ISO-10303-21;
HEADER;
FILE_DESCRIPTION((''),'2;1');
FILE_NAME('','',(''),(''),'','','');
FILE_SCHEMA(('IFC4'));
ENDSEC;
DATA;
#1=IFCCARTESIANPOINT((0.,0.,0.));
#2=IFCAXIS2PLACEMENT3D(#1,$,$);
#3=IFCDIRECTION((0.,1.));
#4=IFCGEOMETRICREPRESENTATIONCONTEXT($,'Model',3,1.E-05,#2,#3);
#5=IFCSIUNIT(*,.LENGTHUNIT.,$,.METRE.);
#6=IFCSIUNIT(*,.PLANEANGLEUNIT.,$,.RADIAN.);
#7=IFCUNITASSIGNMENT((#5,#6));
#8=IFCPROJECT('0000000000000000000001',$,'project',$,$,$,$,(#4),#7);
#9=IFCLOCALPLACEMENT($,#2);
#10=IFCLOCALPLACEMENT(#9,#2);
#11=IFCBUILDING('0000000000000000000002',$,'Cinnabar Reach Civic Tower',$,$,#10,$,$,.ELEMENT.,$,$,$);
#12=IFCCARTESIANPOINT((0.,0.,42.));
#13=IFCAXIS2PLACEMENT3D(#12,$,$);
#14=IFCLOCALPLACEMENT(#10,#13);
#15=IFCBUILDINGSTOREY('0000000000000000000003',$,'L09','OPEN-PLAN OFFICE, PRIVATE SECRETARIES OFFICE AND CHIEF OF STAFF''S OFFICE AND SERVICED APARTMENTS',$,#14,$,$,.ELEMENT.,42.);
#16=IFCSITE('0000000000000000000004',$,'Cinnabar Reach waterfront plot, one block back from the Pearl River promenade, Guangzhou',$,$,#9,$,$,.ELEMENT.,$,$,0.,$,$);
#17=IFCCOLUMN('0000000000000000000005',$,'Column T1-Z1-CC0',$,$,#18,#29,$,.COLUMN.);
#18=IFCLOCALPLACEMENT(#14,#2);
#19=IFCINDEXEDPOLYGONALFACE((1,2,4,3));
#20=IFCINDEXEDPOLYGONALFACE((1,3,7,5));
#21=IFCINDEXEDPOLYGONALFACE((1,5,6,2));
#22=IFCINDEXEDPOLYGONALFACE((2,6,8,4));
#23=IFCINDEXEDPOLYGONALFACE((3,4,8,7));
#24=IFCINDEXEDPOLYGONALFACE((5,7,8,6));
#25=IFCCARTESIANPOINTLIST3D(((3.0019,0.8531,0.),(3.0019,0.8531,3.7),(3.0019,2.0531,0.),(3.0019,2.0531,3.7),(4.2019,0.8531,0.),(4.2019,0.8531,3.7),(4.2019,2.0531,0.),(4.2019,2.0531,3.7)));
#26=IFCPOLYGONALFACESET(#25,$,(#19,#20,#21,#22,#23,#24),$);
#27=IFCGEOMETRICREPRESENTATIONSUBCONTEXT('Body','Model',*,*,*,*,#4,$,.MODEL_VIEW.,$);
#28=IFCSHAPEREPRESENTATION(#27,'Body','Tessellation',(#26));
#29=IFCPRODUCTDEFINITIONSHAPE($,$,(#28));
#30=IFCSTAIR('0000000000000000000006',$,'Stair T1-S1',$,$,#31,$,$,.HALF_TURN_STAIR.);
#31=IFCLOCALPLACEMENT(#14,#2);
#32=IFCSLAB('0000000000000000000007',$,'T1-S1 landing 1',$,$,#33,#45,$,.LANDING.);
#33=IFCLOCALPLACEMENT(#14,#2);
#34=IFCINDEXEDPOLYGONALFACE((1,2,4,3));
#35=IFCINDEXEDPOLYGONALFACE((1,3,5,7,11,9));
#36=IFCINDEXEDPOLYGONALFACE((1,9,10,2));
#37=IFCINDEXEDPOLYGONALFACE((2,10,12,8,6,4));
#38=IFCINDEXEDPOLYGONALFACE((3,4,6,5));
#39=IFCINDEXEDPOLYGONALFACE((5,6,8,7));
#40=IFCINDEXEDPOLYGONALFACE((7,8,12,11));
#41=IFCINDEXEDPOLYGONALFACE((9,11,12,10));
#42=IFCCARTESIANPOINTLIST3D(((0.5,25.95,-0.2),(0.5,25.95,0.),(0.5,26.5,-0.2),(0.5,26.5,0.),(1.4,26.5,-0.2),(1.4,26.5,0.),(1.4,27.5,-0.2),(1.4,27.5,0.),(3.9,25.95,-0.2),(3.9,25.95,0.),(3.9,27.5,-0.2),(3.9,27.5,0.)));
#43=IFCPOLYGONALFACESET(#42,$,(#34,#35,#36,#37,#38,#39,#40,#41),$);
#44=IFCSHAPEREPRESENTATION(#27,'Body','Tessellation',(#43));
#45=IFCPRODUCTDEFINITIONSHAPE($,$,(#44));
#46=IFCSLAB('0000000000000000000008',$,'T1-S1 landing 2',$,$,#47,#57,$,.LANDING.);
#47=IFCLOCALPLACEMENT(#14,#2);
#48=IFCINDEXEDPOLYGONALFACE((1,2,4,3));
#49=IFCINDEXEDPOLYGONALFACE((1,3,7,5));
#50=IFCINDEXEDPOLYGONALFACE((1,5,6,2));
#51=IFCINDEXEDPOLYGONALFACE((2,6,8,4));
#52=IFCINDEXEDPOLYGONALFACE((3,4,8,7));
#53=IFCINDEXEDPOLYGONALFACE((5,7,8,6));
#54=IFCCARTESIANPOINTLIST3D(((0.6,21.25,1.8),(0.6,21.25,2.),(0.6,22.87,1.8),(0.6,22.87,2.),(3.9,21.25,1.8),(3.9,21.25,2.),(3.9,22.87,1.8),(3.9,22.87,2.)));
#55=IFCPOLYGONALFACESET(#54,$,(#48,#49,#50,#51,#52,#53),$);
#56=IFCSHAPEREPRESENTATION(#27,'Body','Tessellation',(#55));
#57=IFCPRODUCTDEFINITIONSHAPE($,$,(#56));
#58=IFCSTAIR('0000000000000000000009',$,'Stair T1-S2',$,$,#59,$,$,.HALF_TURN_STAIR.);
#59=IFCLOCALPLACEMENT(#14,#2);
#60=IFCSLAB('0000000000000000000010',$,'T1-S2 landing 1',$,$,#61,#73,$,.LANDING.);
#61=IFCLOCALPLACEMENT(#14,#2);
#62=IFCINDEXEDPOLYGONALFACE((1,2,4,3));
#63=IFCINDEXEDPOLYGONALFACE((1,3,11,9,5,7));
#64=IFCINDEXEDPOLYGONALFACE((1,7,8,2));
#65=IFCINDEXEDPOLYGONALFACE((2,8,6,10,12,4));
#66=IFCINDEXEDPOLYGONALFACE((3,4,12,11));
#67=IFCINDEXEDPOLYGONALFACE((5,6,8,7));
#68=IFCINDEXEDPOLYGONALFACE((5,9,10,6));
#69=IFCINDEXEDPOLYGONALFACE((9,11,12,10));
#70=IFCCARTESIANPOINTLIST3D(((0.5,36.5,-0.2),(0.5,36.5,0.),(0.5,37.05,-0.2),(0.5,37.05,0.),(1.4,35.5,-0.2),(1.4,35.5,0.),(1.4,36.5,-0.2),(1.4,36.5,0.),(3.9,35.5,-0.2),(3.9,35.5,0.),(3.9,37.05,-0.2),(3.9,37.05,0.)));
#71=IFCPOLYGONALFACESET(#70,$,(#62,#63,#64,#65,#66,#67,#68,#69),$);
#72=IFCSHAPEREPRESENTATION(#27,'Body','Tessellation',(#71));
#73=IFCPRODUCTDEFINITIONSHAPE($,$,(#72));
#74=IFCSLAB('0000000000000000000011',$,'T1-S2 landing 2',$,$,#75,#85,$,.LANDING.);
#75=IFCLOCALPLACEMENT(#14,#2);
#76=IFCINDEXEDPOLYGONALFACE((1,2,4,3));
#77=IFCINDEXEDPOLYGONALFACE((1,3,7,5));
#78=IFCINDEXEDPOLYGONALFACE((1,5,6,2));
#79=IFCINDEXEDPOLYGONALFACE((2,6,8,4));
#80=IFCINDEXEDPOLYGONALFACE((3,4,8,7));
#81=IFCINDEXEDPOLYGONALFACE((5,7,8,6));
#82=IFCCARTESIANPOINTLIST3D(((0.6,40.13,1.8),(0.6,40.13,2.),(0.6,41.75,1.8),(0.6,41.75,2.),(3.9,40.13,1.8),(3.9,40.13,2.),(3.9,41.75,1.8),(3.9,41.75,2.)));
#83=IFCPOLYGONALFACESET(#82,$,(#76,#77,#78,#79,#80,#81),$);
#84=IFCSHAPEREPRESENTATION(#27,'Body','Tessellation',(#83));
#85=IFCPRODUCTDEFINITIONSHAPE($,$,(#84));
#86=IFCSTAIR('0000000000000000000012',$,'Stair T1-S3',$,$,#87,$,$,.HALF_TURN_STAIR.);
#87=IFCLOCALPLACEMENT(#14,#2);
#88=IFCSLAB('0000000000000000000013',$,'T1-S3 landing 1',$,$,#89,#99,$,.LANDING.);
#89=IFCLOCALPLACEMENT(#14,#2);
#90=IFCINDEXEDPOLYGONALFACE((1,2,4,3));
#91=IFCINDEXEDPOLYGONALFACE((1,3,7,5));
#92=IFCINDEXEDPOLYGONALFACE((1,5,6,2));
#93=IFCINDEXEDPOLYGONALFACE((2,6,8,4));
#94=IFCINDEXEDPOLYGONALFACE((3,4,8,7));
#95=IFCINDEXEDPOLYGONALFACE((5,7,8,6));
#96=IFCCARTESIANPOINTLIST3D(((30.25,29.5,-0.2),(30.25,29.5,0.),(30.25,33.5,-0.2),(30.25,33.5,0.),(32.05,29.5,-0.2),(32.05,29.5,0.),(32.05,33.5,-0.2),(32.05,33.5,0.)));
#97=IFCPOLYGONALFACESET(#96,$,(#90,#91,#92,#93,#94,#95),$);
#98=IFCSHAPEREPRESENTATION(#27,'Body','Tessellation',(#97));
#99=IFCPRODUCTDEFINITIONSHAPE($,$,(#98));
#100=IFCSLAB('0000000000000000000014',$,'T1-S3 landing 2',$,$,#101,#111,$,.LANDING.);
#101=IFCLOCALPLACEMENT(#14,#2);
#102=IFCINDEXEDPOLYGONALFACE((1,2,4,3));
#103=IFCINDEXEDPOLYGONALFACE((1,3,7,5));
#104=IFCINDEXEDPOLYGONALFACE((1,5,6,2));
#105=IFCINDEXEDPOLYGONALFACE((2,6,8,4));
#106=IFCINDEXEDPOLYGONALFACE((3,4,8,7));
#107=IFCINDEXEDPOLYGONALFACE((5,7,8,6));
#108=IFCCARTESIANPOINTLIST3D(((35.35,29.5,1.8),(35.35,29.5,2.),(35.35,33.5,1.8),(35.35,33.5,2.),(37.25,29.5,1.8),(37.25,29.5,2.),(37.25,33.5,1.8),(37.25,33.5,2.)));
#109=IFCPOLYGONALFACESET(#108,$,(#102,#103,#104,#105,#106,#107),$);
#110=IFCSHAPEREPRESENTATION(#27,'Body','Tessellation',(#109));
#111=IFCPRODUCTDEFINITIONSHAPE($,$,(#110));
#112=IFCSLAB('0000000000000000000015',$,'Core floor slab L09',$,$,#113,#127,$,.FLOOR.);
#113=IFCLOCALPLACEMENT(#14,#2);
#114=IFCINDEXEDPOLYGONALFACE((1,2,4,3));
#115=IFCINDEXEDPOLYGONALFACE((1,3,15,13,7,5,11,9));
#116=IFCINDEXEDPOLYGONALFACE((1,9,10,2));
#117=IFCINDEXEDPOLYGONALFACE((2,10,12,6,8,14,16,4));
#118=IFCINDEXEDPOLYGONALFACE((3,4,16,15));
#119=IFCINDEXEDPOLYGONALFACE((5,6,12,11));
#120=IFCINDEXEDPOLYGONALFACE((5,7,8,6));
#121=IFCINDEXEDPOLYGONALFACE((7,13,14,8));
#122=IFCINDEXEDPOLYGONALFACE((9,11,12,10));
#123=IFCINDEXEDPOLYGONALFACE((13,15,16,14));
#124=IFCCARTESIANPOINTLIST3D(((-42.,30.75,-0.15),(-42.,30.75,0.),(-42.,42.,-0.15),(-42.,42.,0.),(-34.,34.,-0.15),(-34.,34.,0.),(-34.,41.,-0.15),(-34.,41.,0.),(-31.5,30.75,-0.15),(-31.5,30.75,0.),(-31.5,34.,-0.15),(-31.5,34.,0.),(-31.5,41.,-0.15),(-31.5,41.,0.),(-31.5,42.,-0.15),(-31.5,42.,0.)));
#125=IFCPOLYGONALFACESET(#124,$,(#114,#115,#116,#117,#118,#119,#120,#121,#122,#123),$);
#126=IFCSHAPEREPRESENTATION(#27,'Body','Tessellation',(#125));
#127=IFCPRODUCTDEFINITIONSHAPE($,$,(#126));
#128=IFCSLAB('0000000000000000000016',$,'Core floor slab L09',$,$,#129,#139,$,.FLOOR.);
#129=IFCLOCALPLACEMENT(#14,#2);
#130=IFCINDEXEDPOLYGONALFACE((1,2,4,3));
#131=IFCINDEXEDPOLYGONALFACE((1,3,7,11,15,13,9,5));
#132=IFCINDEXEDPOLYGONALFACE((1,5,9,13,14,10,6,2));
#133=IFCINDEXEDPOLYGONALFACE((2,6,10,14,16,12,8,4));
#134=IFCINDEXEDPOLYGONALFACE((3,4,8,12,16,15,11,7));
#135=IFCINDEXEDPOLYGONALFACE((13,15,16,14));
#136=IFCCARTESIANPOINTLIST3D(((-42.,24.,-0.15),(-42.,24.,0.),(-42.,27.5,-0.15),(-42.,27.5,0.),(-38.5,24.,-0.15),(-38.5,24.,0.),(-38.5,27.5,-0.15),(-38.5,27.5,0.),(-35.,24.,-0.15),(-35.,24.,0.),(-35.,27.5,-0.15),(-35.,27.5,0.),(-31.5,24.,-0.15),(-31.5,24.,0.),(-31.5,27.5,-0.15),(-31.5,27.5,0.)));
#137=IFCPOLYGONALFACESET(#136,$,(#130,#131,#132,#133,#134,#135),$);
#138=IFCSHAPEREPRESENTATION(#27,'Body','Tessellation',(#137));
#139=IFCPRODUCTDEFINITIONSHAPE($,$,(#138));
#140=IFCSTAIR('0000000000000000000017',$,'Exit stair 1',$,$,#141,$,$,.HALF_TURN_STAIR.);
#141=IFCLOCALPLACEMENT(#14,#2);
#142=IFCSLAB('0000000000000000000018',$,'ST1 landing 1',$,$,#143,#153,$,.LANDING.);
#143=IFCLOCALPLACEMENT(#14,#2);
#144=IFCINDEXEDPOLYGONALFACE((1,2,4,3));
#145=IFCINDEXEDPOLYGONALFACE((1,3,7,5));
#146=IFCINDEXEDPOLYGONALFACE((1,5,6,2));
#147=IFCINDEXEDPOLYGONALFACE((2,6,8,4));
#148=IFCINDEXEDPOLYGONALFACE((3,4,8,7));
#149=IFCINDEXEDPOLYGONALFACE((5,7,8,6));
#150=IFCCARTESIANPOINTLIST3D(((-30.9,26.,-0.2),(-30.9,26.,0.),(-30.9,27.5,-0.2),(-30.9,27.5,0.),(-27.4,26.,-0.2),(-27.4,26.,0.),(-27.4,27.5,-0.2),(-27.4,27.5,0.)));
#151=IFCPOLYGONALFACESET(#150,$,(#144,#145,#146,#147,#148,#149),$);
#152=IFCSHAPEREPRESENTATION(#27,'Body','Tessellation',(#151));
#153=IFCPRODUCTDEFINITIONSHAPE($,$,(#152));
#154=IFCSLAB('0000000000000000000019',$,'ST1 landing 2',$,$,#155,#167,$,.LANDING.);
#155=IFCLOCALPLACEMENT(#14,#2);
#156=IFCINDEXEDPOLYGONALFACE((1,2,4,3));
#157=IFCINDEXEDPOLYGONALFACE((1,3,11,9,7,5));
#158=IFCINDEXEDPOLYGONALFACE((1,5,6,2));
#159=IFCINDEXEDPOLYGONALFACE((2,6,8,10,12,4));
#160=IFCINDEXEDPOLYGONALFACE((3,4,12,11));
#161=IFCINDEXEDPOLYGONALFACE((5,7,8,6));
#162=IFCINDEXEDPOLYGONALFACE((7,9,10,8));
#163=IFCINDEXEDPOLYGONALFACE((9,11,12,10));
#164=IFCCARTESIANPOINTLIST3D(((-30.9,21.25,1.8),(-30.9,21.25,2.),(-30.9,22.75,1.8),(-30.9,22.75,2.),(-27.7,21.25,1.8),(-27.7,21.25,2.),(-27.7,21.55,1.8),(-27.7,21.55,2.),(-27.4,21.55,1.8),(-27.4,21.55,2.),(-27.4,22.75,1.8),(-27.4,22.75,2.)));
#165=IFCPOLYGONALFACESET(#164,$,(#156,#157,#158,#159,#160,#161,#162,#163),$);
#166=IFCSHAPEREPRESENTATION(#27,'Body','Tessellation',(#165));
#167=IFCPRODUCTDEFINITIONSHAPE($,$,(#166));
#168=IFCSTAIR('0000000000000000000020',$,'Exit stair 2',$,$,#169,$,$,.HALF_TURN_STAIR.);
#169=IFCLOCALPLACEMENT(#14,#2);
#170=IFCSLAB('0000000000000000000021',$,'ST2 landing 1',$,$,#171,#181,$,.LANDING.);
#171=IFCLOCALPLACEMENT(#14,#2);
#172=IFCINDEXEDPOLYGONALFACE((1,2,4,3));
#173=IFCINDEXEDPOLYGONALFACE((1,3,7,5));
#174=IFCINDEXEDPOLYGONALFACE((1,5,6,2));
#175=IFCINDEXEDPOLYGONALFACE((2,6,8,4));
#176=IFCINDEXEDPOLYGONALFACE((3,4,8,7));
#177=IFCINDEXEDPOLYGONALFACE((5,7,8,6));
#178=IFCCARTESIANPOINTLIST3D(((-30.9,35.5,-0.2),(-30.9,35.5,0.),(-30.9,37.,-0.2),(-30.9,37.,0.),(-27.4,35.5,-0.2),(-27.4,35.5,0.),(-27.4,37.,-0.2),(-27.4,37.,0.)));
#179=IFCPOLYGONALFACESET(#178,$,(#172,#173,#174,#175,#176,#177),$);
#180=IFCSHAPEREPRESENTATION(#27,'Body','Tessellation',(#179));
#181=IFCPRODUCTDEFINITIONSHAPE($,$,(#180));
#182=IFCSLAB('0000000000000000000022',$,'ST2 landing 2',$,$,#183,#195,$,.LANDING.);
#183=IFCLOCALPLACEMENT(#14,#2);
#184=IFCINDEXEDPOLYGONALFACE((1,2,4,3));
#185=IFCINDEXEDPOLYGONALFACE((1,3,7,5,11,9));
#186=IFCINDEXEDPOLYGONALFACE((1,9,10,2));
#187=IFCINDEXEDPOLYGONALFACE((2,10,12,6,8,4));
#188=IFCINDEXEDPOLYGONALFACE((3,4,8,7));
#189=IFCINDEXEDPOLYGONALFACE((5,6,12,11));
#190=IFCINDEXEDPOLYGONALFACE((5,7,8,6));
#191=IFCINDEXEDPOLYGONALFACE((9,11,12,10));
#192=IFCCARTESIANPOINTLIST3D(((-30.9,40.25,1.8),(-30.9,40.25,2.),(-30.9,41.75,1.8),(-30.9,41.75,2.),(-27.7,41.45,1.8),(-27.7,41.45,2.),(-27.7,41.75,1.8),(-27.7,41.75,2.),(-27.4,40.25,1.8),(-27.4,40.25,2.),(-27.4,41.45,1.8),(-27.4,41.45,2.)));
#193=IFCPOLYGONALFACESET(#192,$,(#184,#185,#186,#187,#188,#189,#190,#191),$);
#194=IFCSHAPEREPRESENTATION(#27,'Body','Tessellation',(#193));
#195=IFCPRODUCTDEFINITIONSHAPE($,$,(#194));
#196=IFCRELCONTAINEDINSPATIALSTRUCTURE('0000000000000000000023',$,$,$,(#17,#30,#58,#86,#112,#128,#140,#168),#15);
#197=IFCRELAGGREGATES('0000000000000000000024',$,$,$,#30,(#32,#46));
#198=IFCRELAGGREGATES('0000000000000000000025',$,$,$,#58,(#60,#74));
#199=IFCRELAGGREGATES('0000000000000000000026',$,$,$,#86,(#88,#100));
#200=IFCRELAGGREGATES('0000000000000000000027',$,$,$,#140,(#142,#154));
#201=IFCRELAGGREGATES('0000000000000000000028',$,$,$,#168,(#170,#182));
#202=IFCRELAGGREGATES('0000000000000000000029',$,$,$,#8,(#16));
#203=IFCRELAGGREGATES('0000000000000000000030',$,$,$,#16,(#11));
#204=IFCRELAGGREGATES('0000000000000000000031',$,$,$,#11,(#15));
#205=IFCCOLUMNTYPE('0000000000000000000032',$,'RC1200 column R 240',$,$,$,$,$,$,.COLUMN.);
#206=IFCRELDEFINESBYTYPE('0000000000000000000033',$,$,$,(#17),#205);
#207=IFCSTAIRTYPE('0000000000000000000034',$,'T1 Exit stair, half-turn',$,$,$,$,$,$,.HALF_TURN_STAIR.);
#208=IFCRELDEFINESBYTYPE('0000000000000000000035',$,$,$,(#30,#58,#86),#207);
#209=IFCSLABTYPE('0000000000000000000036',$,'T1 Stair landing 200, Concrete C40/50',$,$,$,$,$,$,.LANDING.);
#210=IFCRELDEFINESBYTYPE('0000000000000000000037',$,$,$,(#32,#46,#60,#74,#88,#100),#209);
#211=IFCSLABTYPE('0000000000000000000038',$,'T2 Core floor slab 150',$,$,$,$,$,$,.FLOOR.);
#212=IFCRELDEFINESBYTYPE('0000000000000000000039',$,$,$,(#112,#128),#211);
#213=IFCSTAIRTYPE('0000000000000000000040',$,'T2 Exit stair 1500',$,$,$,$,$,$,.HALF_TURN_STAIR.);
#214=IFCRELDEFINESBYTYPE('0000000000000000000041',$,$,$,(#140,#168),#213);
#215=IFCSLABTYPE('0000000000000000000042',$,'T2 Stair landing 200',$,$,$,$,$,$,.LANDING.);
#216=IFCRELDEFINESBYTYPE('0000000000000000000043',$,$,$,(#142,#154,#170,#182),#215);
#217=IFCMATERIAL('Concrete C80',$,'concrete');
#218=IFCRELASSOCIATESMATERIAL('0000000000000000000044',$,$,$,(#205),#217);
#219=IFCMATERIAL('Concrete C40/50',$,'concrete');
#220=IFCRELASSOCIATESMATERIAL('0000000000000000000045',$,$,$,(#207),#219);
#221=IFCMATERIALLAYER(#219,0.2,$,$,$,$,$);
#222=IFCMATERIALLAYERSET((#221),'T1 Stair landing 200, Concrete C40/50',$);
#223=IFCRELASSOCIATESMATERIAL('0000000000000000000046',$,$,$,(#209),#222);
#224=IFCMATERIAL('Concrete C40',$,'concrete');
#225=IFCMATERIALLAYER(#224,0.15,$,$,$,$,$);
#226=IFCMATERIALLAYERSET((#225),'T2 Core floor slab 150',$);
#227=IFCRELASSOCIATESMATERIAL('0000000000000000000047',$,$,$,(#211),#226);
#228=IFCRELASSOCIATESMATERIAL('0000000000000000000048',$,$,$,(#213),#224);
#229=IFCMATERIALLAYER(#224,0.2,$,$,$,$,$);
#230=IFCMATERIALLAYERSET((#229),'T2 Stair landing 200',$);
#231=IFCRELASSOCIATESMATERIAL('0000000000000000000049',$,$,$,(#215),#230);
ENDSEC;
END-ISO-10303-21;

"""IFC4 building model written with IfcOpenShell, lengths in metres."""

from ifc_helpers import new_model, si_unit, direction, frame, origin, origin_2d, place, context, subcontext, project, spatial, polyline, rectangle, outline, extrude, material, layer, layer_set, material_profile, profile_set, type_object, element, aggregate, save


model = new_model("IFC4")

# Units and contexts
model_context = context("Model", 3, precision=1e-05, world=origin(), true_north=direction((0.0, 1.0)))
body_context = subcontext(model_context, "Body", "Model", "MODEL_VIEW")
ifc_project = project(units=[si_unit("LENGTHUNIT", "METRE"), si_unit("PLANEANGLEUNIT", "RADIAN")], contexts=[model_context])

# Site, building, storey
site_placement = place(None, origin())
site = spatial("IfcSite", under=ifc_project, at=site_placement, Name="Cinnabar Reach waterfront plot, one block back from the Pearl River promenade, Guangzhou", CompositionType="ELEMENT", RefElevation=0.0)
building_placement = place(site_placement, origin())
building = spatial("IfcBuilding", under=site, at=building_placement, Name="Cinnabar Reach Civic Tower", CompositionType="ELEMENT")
storey_placement = place(building_placement, frame((0.0, 0.0, 42.0)))
storey = spatial("IfcBuildingStorey", under=building, at=storey_placement, Name="L09", Description="OPEN-PLAN OFFICE, PRIVATE SECRETARIES OFFICE AND CHIEF OF STAFF'S OFFICE AND SERVICED APARTMENTS", CompositionType="ELEMENT", Elevation=42.0)

# Column
ifc_material_1 = material(Name="Concrete C80", Category="concrete")
ifc_material_profile = material_profile(ifc_material_1, rectangle(XDim=1.2, YDim=1.2, at=origin_2d()), Name="RC1200")
ifc_profile_set = profile_set([ifc_material_profile], Name="Concrete C80")
column_type = type_object("IfcColumnType", Name="RC1200 column R 240", PredefinedType="COLUMN", material=ifc_profile_set)
column_placement = place(storey_placement, frame((3.6019, 1.4531, 0.0), z_axis=(0.0, 0.0, 1.0), x_axis=(1.0, 0.0, 0.0)))
element("IfcColumn", 1, at=column_placement, inside=storey, type_object=column_type, Name="Column T1-Z1-CC0", PredefinedType="COLUMN", context=body_context, shape_type="SweptSolid", body=[
    extrude(rectangle(XDim=1.2, YDim=1.2, at=origin_2d()), origin(), (0.0, 0.0, 1.0), 3.7),
])

# Stairs, slabs
ifc_material_2 = material(Name="Concrete C40/50", Category="concrete")
stair_type_1 = type_object("IfcStairType", Name="T1 Exit stair, half-turn", PredefinedType="HALF_TURN_STAIR", material=ifc_material_2)
stair_1_placement = place(storey_placement, origin())
stair_1 = element("IfcStair", 2, at=stair_1_placement, inside=storey, type_object=stair_type_1, Name="Stair T1-S1", PredefinedType="HALF_TURN_STAIR")
ifc_layer_1 = layer(ifc_material_2, 0.2)
ifc_layer_set_1 = layer_set([ifc_layer_1], Name="T1 Stair landing 200, Concrete C40/50")
slab_type_1 = type_object("IfcSlabType", Name="T1 Stair landing 200, Concrete C40/50", PredefinedType="LANDING", material=ifc_layer_set_1)
slab_1_placement = place(storey_placement, frame((0.0, 0.0, -0.2)))
slab_1 = element("IfcSlab", 3, at=slab_1_placement, type_object=slab_type_1, Name="T1-S1 landing 1", PredefinedType="LANDING", context=body_context, shape_type="SweptSolid", body=[
    extrude(outline(polyline([(3.9, 27.5), (3.9, 25.95), (0.5, 25.95), (0.5, 26.5), (1.4, 26.5), (1.4, 27.5), (3.9, 27.5)])), origin(), (0.0, 0.0, 1.0), 0.2),
])
slab_2_placement = place(storey_placement, frame((0.0, 0.0, 1.8)))
slab_2 = element("IfcSlab", 4, at=slab_2_placement, type_object=slab_type_1, Name="T1-S1 landing 2", PredefinedType="LANDING", context=body_context, shape_type="SweptSolid", body=[
    extrude(outline(polyline([(0.6, 21.25), (0.6, 22.87), (3.9, 22.87), (3.9, 21.25), (0.6, 21.25)])), origin(), (0.0, 0.0, 1.0), 0.2),
])
aggregate(stair_1, [slab_1, slab_2])
stair_2_placement = place(storey_placement, origin())
stair_2 = element("IfcStair", 5, at=stair_2_placement, inside=storey, type_object=stair_type_1, Name="Stair T1-S2", PredefinedType="HALF_TURN_STAIR")
slab_3_placement = place(storey_placement, frame((0.0, 0.0, -0.2)))
slab_3 = element("IfcSlab", 6, at=slab_3_placement, type_object=slab_type_1, Name="T1-S2 landing 1", PredefinedType="LANDING", context=body_context, shape_type="SweptSolid", body=[
    extrude(outline(polyline([(0.5, 37.05), (3.9, 37.05), (3.9, 35.5), (1.4, 35.5), (1.4, 36.5), (0.5, 36.5), (0.5, 37.05)])), origin(), (0.0, 0.0, 1.0), 0.2),
])
slab_4_placement = place(storey_placement, frame((0.0, 0.0, 1.8)))
slab_4 = element("IfcSlab", 7, at=slab_4_placement, type_object=slab_type_1, Name="T1-S2 landing 2", PredefinedType="LANDING", context=body_context, shape_type="SweptSolid", body=[
    extrude(outline(polyline([(0.6, 40.13), (0.6, 41.75), (3.9, 41.75), (3.9, 40.13), (0.6, 40.13)])), origin(), (0.0, 0.0, 1.0), 0.2),
])
aggregate(stair_2, [slab_3, slab_4])
stair_3_placement = place(storey_placement, origin())
stair_3 = element("IfcStair", 8, at=stair_3_placement, inside=storey, type_object=stair_type_1, Name="Stair T1-S3", PredefinedType="HALF_TURN_STAIR")
slab_5_placement = place(storey_placement, frame((0.0, 0.0, -0.2)))
slab_5 = element("IfcSlab", 9, at=slab_5_placement, type_object=slab_type_1, Name="T1-S3 landing 1", PredefinedType="LANDING", context=body_context, shape_type="SweptSolid", body=[
    extrude(outline(polyline([(30.25, 29.5), (32.05, 29.5), (32.05, 33.5), (30.25, 33.5), (30.25, 29.5)])), origin(), (0.0, 0.0, 1.0), 0.2),
])
slab_6_placement = place(storey_placement, frame((0.0, 0.0, 1.8)))
slab_6 = element("IfcSlab", 10, at=slab_6_placement, type_object=slab_type_1, Name="T1-S3 landing 2", PredefinedType="LANDING", context=body_context, shape_type="SweptSolid", body=[
    extrude(outline(polyline([(35.35, 29.5), (37.25, 29.5), (37.25, 33.5), (35.35, 33.5), (35.35, 29.5)])), origin(), (0.0, 0.0, 1.0), 0.2),
])
aggregate(stair_3, [slab_5, slab_6])

# Slabs
ifc_material_3 = material(Name="Concrete C40", Category="concrete")
ifc_layer_2 = layer(ifc_material_3, 0.15)
ifc_layer_set_2 = layer_set([ifc_layer_2], Name="T2 Core floor slab 150")
slab_type_2 = type_object("IfcSlabType", Name="T2 Core floor slab 150", PredefinedType="FLOOR", material=ifc_layer_set_2)
slab_7_placement = place(storey_placement, frame((0.0, 0.0, -0.15)))
element("IfcSlab", 11, at=slab_7_placement, inside=storey, type_object=slab_type_2, Name="Core floor slab L09", PredefinedType="FLOOR", context=body_context, shape_type="SweptSolid", body=[
    extrude(outline(polyline([(-42.0, 42.0), (-31.5, 42.0), (-31.5, 41.0), (-34.0, 41.0), (-34.0, 34.0), (-31.5, 34.0), (-31.5, 30.75), (-42.0, 30.75), (-42.0, 42.0)])), origin(), (0.0, 0.0, 1.0), 0.15),
])
slab_8_placement = place(storey_placement, frame((0.0, 0.0, -0.15)))
element("IfcSlab", 12, at=slab_8_placement, inside=storey, type_object=slab_type_2, Name="Core floor slab L09", PredefinedType="FLOOR", context=body_context, shape_type="SweptSolid", body=[
    extrude(outline(polyline([(-35.0, 24.0), (-38.5, 24.0), (-42.0, 24.0), (-42.0, 27.5), (-38.5, 27.5), (-35.0, 27.5), (-31.5, 27.5), (-31.5, 24.0), (-35.0, 24.0)])), origin(), (0.0, 0.0, 1.0), 0.15),
])

# Stairs, slabs
stair_type_2 = type_object("IfcStairType", Name="T2 Exit stair 1500", PredefinedType="HALF_TURN_STAIR", material=ifc_material_3)
stair_4_placement = place(storey_placement, origin())
stair_4 = element("IfcStair", 13, at=stair_4_placement, inside=storey, type_object=stair_type_2, Name="Exit stair 1", PredefinedType="HALF_TURN_STAIR")
ifc_layer_3 = layer(ifc_material_3, 0.2)
ifc_layer_set_3 = layer_set([ifc_layer_3], Name="T2 Stair landing 200")
slab_type_3 = type_object("IfcSlabType", Name="T2 Stair landing 200", PredefinedType="LANDING", material=ifc_layer_set_3)
slab_9_placement = place(storey_placement, frame((0.0, 0.0, -0.2)))
slab_9 = element("IfcSlab", 14, at=slab_9_placement, type_object=slab_type_3, Name="ST1 landing 1", PredefinedType="LANDING", context=body_context, shape_type="SweptSolid", body=[
    extrude(outline(polyline([(-30.9, 26.0), (-30.9, 27.5), (-27.4, 27.5), (-27.4, 26.0), (-30.9, 26.0)])), origin(), (0.0, 0.0, 1.0), 0.2),
])
slab_10_placement = place(storey_placement, frame((0.0, 0.0, 1.8)))
slab_10 = element("IfcSlab", 15, at=slab_10_placement, type_object=slab_type_3, Name="ST1 landing 2", PredefinedType="LANDING", context=body_context, shape_type="SweptSolid", body=[
    extrude(outline(polyline([(-30.9, 21.25), (-30.9, 22.75), (-27.4, 22.75), (-27.4, 21.55), (-27.7, 21.55), (-27.7, 21.25), (-30.9, 21.25)])), origin(), (0.0, 0.0, 1.0), 0.2),
])
aggregate(stair_4, [slab_9, slab_10])
stair_5_placement = place(storey_placement, origin())
stair_5 = element("IfcStair", 16, at=stair_5_placement, inside=storey, type_object=stair_type_2, Name="Exit stair 2", PredefinedType="HALF_TURN_STAIR")
slab_11_placement = place(storey_placement, frame((0.0, 0.0, -0.2)))
slab_11 = element("IfcSlab", 17, at=slab_11_placement, type_object=slab_type_3, Name="ST2 landing 1", PredefinedType="LANDING", context=body_context, shape_type="SweptSolid", body=[
    extrude(outline(polyline([(-30.9, 35.5), (-30.9, 37.0), (-27.4, 37.0), (-27.4, 35.5), (-30.9, 35.5)])), origin(), (0.0, 0.0, 1.0), 0.2),
])
slab_12_placement = place(storey_placement, frame((0.0, 0.0, 1.8)))
slab_12 = element("IfcSlab", 18, at=slab_12_placement, type_object=slab_type_3, Name="ST2 landing 2", PredefinedType="LANDING", context=body_context, shape_type="SweptSolid", body=[
    extrude(outline(polyline([(-27.4, 40.25), (-30.9, 40.25), (-30.9, 41.75), (-27.7, 41.75), (-27.7, 41.45), (-27.4, 41.45), (-27.4, 40.25)])), origin(), (0.0, 0.0, 1.0), 0.2),
])
aggregate(stair_5, [slab_11, slab_12])

save(model, "model.ifc")
